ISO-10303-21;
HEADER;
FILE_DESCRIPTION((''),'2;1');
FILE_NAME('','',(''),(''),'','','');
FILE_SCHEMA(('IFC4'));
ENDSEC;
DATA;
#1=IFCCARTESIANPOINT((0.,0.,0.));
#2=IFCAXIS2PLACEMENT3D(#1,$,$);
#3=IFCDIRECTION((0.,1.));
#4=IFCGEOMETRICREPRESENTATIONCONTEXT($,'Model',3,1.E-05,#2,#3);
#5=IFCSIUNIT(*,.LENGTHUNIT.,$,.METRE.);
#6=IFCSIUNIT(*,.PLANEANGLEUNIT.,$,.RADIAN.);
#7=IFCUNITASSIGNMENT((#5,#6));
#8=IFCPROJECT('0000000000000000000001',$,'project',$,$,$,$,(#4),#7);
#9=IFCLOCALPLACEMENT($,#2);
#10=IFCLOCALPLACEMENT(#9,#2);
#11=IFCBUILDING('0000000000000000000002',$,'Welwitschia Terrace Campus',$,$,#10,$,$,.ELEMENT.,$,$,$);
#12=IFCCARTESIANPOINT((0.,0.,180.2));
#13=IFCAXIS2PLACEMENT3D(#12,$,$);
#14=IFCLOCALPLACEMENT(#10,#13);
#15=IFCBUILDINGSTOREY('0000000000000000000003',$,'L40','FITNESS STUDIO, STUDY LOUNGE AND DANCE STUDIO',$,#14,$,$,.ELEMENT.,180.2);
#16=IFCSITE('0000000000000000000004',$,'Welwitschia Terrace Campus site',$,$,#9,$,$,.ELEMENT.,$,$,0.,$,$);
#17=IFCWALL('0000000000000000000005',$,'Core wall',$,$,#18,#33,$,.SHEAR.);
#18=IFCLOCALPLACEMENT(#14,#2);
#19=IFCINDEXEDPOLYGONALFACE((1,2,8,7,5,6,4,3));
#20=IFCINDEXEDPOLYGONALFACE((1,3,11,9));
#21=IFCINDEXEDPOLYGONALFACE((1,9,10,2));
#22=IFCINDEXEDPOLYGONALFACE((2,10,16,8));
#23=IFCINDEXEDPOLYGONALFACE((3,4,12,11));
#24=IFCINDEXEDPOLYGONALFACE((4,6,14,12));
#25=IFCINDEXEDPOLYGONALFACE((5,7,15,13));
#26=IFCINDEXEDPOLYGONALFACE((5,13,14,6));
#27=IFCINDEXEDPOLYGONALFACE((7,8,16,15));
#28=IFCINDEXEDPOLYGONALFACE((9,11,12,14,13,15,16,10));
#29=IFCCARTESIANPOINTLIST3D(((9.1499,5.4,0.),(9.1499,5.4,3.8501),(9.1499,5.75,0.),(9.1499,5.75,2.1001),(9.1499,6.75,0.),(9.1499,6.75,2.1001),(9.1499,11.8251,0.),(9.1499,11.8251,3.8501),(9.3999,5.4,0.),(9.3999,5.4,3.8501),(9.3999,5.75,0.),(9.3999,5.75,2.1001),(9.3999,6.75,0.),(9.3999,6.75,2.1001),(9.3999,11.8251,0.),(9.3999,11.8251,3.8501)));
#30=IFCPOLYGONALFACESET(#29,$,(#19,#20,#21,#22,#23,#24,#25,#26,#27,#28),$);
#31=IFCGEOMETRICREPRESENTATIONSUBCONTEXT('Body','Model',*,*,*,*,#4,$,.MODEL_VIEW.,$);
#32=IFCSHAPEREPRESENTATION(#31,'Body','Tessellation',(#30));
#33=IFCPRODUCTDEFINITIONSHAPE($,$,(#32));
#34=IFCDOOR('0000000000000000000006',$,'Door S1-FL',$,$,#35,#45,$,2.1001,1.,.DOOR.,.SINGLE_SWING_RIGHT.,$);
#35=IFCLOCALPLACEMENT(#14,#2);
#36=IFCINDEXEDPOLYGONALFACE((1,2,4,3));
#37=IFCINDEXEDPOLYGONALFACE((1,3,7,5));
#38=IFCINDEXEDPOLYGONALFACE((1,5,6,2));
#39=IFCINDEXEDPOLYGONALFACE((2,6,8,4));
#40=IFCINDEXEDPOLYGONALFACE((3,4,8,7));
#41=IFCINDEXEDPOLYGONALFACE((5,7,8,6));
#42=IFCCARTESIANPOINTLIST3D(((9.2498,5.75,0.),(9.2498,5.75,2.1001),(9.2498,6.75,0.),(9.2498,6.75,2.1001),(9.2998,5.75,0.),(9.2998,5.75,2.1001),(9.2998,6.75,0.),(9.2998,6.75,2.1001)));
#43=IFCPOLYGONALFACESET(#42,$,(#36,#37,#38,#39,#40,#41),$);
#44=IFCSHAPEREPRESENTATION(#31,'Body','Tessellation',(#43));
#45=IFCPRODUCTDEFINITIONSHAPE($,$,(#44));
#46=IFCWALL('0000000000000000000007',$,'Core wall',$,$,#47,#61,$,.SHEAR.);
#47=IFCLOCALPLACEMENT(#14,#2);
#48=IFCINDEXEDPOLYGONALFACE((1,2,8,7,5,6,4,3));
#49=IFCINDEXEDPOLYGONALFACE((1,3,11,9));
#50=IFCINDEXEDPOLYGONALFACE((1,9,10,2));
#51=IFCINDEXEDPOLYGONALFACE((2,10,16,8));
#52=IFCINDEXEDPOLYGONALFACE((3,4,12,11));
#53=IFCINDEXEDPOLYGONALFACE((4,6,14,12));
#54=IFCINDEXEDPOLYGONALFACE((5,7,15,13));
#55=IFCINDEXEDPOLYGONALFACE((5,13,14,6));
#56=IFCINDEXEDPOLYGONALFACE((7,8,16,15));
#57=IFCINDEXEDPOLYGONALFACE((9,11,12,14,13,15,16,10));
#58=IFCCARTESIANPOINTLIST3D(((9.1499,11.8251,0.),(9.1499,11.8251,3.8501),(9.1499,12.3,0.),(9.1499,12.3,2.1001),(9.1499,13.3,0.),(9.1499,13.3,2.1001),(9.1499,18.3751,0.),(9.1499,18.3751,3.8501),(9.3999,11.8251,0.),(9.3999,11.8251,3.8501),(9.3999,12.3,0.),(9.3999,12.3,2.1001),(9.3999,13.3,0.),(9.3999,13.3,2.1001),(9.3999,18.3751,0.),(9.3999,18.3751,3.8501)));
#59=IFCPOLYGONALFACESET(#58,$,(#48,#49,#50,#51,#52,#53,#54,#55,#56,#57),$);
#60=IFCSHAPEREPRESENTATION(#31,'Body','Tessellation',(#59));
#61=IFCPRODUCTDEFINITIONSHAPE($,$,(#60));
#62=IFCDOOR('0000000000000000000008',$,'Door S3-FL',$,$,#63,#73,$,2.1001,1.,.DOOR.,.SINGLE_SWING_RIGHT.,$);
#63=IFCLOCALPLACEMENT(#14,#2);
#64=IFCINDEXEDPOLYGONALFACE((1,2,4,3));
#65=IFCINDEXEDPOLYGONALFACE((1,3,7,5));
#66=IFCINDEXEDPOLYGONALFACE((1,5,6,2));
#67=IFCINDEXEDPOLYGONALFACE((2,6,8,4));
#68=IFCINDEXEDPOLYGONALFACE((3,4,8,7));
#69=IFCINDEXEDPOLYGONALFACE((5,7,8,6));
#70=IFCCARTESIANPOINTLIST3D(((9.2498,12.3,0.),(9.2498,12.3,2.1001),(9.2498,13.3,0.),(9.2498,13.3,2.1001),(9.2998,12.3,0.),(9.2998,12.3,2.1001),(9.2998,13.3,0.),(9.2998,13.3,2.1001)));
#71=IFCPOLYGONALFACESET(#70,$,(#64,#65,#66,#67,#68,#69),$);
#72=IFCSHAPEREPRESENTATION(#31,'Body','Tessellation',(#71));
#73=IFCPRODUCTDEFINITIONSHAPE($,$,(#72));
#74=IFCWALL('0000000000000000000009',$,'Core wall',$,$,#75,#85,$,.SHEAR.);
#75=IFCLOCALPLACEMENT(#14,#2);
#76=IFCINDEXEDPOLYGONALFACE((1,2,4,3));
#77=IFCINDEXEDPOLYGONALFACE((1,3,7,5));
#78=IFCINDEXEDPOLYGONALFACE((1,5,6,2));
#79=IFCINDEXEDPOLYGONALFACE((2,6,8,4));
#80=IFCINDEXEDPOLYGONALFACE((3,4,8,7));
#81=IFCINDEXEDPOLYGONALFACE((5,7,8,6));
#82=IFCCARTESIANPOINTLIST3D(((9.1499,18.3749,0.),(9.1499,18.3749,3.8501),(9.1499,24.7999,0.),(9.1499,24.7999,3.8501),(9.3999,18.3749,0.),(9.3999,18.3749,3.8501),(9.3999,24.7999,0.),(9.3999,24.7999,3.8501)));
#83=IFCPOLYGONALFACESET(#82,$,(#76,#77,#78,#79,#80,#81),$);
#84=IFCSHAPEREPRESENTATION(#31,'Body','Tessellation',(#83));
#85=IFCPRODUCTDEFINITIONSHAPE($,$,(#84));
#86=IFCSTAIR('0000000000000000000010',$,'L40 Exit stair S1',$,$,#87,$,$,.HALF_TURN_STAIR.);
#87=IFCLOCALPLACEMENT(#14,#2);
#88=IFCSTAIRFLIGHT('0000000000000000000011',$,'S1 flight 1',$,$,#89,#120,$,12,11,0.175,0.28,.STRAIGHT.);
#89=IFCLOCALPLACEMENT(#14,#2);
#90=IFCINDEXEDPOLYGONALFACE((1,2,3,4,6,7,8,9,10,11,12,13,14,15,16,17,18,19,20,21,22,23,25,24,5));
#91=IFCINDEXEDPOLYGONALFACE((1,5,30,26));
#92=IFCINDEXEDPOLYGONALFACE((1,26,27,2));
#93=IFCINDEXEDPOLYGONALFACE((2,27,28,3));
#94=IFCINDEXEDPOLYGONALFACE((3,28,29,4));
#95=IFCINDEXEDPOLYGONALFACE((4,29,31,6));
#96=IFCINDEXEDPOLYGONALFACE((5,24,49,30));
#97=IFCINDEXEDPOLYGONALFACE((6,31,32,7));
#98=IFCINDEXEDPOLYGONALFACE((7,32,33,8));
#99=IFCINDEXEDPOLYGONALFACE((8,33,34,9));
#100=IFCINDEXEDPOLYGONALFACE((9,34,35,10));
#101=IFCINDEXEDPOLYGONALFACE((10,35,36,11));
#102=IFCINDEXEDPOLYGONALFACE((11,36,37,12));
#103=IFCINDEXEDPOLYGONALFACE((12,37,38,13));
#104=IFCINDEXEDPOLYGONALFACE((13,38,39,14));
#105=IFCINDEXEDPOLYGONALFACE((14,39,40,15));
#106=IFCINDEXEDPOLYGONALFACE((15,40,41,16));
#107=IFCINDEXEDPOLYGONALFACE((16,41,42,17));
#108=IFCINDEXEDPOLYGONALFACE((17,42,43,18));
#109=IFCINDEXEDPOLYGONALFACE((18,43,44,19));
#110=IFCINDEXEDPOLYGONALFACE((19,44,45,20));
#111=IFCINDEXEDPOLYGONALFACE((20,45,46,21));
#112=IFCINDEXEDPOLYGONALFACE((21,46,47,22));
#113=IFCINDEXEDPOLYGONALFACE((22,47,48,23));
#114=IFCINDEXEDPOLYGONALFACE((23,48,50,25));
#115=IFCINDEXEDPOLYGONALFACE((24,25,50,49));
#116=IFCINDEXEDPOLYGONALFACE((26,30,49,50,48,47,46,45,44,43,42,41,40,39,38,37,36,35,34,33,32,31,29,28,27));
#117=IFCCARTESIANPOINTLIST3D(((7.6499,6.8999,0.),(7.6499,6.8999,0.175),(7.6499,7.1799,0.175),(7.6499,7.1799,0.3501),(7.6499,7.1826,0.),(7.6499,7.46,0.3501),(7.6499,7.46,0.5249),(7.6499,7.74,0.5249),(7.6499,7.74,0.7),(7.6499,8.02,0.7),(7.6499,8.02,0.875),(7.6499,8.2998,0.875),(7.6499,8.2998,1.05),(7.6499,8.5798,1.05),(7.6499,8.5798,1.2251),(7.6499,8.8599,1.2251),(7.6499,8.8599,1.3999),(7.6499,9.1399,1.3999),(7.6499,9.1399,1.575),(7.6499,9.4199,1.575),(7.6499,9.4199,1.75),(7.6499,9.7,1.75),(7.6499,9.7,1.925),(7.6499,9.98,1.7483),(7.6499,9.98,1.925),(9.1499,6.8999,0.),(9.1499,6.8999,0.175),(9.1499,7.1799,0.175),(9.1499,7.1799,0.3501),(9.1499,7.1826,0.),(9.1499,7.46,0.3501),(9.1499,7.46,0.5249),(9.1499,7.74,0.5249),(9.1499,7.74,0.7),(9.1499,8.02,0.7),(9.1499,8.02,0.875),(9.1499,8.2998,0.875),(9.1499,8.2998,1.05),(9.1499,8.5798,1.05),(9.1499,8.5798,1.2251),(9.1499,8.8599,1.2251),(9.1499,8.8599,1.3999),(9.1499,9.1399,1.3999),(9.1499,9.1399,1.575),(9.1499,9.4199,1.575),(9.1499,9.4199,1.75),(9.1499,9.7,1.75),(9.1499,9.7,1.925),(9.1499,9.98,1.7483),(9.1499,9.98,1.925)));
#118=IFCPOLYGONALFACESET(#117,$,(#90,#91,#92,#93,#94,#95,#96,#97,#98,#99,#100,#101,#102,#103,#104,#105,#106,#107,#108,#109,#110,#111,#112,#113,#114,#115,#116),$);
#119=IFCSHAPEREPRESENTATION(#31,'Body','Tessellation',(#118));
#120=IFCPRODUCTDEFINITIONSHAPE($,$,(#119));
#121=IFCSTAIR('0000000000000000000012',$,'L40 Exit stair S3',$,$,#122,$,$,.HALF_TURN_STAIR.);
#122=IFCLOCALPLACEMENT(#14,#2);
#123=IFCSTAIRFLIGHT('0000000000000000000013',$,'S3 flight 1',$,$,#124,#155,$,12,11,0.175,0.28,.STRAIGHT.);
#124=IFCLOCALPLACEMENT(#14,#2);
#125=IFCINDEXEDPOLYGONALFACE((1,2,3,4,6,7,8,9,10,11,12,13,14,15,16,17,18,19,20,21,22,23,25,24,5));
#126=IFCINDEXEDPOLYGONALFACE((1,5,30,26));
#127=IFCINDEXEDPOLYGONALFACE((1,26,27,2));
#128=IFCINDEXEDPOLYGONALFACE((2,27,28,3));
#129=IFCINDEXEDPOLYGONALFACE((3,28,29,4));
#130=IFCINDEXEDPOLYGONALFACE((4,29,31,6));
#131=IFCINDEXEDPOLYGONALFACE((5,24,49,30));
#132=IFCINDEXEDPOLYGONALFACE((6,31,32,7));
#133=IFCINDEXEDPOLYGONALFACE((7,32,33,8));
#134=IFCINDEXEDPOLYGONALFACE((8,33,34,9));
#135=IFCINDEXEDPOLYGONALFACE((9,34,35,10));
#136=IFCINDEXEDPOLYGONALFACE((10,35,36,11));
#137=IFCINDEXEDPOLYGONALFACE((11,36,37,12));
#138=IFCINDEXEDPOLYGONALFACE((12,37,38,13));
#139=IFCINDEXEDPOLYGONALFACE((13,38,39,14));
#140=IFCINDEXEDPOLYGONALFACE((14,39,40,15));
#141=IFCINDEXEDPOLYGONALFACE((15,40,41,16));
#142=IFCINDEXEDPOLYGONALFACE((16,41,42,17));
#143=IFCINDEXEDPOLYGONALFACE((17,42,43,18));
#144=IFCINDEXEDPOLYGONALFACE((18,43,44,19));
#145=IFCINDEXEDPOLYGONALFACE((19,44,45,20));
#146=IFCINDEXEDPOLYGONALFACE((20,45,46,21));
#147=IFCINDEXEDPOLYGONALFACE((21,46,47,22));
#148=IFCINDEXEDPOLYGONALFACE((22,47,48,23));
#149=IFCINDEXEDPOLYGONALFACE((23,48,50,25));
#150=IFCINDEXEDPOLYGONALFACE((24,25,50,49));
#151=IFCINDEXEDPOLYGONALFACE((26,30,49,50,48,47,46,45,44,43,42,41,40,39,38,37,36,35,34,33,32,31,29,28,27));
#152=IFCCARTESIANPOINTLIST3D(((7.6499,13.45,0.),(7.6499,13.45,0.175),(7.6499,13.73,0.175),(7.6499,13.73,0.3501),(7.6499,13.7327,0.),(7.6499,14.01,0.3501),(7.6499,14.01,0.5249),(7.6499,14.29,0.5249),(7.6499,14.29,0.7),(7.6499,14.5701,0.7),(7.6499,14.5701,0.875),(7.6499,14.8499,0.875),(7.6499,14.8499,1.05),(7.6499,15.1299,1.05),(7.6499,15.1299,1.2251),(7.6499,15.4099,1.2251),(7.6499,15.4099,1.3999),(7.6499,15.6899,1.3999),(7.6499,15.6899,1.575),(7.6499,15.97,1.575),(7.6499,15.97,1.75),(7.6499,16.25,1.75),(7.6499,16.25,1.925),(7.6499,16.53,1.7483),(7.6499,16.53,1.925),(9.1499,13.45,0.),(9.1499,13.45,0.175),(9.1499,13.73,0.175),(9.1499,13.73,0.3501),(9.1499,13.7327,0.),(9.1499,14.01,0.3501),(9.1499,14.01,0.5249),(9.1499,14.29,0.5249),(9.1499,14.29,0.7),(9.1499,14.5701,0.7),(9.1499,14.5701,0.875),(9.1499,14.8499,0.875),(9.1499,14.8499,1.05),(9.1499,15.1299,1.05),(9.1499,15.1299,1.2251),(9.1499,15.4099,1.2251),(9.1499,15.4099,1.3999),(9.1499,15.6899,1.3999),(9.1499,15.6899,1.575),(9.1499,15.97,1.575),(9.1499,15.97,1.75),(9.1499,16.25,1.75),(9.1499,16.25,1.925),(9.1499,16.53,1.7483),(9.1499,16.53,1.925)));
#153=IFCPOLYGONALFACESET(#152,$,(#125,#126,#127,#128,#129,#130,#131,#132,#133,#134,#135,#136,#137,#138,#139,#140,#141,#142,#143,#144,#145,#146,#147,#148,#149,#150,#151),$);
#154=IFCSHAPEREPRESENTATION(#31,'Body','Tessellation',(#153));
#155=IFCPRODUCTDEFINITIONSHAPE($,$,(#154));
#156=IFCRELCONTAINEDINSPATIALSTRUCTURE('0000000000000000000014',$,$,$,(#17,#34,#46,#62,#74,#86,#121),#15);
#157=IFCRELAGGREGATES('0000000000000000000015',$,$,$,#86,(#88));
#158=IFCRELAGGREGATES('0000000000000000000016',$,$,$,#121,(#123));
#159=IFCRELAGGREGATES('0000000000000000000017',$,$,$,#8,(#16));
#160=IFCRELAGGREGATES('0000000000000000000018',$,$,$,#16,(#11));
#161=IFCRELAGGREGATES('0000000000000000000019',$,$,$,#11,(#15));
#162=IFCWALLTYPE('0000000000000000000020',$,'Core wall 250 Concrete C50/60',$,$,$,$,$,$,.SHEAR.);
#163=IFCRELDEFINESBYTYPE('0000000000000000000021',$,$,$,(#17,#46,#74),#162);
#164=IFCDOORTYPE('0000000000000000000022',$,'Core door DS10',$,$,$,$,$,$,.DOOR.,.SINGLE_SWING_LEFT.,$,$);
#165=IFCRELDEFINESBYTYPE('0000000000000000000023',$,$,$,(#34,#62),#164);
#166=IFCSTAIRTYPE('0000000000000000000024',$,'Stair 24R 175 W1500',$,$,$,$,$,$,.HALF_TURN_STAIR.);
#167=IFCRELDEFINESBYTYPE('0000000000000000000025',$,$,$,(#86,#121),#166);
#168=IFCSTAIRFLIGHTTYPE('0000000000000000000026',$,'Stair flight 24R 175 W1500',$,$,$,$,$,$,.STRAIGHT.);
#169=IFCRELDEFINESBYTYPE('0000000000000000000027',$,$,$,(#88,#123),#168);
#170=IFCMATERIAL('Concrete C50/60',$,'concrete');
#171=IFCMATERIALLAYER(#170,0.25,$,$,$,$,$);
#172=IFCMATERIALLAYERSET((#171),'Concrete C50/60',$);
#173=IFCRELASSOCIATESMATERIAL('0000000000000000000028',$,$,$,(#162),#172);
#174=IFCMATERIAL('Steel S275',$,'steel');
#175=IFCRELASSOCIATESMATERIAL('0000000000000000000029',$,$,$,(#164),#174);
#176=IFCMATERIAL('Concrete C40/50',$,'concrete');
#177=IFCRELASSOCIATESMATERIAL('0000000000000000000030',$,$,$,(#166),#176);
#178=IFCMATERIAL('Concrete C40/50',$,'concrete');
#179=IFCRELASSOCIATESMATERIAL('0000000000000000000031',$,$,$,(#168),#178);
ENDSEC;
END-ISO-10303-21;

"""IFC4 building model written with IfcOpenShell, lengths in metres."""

from ifc_helpers import new_model, si_unit, direction, frame, frame_2d, origin, place, context, subcontext, project, spatial, polyline, rectangle, outline, extrude, material, layer, layer_set, type_object, element, fill, aggregate, save


model = new_model("IFC4")

# Units and contexts
model_context = context("Model", 3, precision=1e-05, world=origin(), true_north=direction((0.0, 1.0)))
body_context = subcontext(model_context, "Body", "Model", "MODEL_VIEW")
ifc_project = project(units=[si_unit("LENGTHUNIT", "METRE"), si_unit("PLANEANGLEUNIT", "RADIAN")], contexts=[model_context])

# Site, building, storey
site_placement = place(None, origin())
site = spatial("IfcSite", under=ifc_project, at=site_placement, Name="Welwitschia Terrace Campus site", CompositionType="ELEMENT", RefElevation=0.0)
building_placement = place(site_placement, origin())
building = spatial("IfcBuilding", under=site, at=building_placement, Name="Welwitschia Terrace Campus", CompositionType="ELEMENT")
storey_placement = place(building_placement, frame((0.0, 0.0, 180.2)))
storey = spatial("IfcBuildingStorey", under=building, at=storey_placement, Name="L40", Description="FITNESS STUDIO, STUDY LOUNGE AND DANCE STUDIO", CompositionType="ELEMENT", Elevation=180.2)

# Walls, openings, doors
ifc_material_1 = material(Name="Concrete C50/60", Category="concrete")
ifc_layer_1 = layer(ifc_material_1, 0.25)
ifc_layer_set_1 = layer_set([ifc_layer_1], Name="Concrete C50/60")
wall_type_1 = type_object("IfcWallType", Name="Core wall 250 Concrete C50/60", PredefinedType="SHEAR", material=ifc_layer_set_1)
wall_1_placement = place(storey_placement, frame((9.2749, 11.825, 0.0), z_axis=(0.0, 0.0, 1.0), x_axis=(0.0, -1.0, 0.0)))
wall_1 = element("IfcWall", 1, at=wall_1_placement, inside=storey, type_object=wall_type_1, Name="Core wall", PredefinedType="SHEAR", context=body_context, shape_type="SweptSolid", body=[
    extrude(rectangle(XDim=6.425, YDim=0.25, at=frame_2d((3.2124, 0.0))), origin(), (0.0, 0.0, 1.0), 3.8501),
])
opening_1_placement = place(wall_1_placement, frame((5.075, 0.0, 0.0)))
opening_1 = element("IfcOpeningElement", 2, at=opening_1_placement, cuts=wall_1, PredefinedType="OPENING", context=body_context, shape_type="SweptSolid", body=[
    extrude(rectangle(XDim=1.0, YDim=2.1001, at=frame_2d((0.5, 1.05))), frame((0.0, 0.135, 0.0), z_axis=(0.0, -1.0, 0.0), x_axis=(1.0, 0.0, 0.0)), (0.0, 0.0, 1.0), 0.27),
])
ifc_material_2 = material(Name="Steel S275", Category="steel")
door_type_1 = type_object("IfcDoorType", Name="Core door DS10", OperationType="SINGLE_SWING_LEFT", PredefinedType="DOOR", material=ifc_material_2)
door_1_placement = place(opening_1_placement, origin())
door_1 = element("IfcDoor", 3, at=door_1_placement, inside=storey, type_object=door_type_1, Name="Door S1-FL", OperationType="SINGLE_SWING_RIGHT", OverallHeight=2.1001, OverallWidth=1.0, PredefinedType="DOOR", context=body_context, shape_type="SweptSolid", body=[
    extrude(rectangle(XDim=1.0, YDim=2.1001, at=frame_2d((0.5, 1.05))), frame((0.0, 0.0249, 0.0), z_axis=(0.0, -1.0, 0.0), x_axis=(1.0, 0.0, 0.0)), (0.0, 0.0, 1.0), 0.05),
])
fill(opening_1, door_1)
wall_2_placement = place(storey_placement, frame((9.2749, 18.375, 0.0), z_axis=(0.0, 0.0, 1.0), x_axis=(0.0, -1.0, 0.0)))
wall_2 = element("IfcWall", 4, at=wall_2_placement, inside=storey, type_object=wall_type_1, Name="Core wall", PredefinedType="SHEAR", context=body_context, shape_type="SweptSolid", body=[
    extrude(rectangle(XDim=6.55, YDim=0.25, at=frame_2d((3.2749, 0.0))), origin(), (0.0, 0.0, 1.0), 3.8501),
])
opening_2_placement = place(wall_2_placement, frame((5.075, 0.0, 0.0)))
opening_2 = element("IfcOpeningElement", 5, at=opening_2_placement, cuts=wall_2, PredefinedType="OPENING", context=body_context, shape_type="SweptSolid", body=[
    extrude(rectangle(XDim=1.0, YDim=2.1001, at=frame_2d((0.5, 1.05))), frame((0.0, 0.135, 0.0), z_axis=(0.0, -1.0, 0.0), x_axis=(1.0, 0.0, 0.0)), (0.0, 0.0, 1.0), 0.27),
])
door_2_placement = place(opening_2_placement, origin())
door_2 = element("IfcDoor", 6, at=door_2_placement, inside=storey, type_object=door_type_1, Name="Door S3-FL", OperationType="SINGLE_SWING_RIGHT", OverallHeight=2.1001, OverallWidth=1.0, PredefinedType="DOOR", context=body_context, shape_type="SweptSolid", body=[
    extrude(rectangle(XDim=1.0, YDim=2.1001, at=frame_2d((0.5, 1.05))), frame((0.0, 0.0249, 0.0), z_axis=(0.0, -1.0, 0.0), x_axis=(1.0, 0.0, 0.0)), (0.0, 0.0, 1.0), 0.05),
])
fill(opening_2, door_2)

# Wall
wall_3_placement = place(storey_placement, frame((9.2749, 18.375, 0.0), z_axis=(0.0, 0.0, 1.0), x_axis=(0.0, 1.0, 0.0)))
element("IfcWall", 7, at=wall_3_placement, inside=storey, type_object=wall_type_1, Name="Core wall", PredefinedType="SHEAR", context=body_context, shape_type="SweptSolid", body=[
    extrude(rectangle(XDim=6.425, YDim=0.25, at=frame_2d((3.2124, 0.0))), origin(), (0.0, 0.0, 1.0), 3.8501),
])

# Stairs, stair flights
ifc_material_3 = material(Name="Concrete C40/50", Category="concrete")
stair_type = type_object("IfcStairType", Name="Stair 24R 175 W1500", PredefinedType="HALF_TURN_STAIR", material=ifc_material_3)
stair_1_placement = place(storey_placement, origin())
stair_1 = element("IfcStair", 8, at=stair_1_placement, inside=storey, type_object=stair_type, Name="L40 Exit stair S1", PredefinedType="HALF_TURN_STAIR")
ifc_material_4 = material(Name="Concrete C40/50", Category="concrete")
stair_flight_type = type_object("IfcStairFlightType", Name="Stair flight 24R 175 W1500", PredefinedType="STRAIGHT", material=ifc_material_4)
stair_flight_1_placement = place(storey_placement, frame((8.3999, 6.8999, 0.0), z_axis=(0.0, 0.0, 1.0), x_axis=(0.0, 1.0, 0.0)))
stair_flight_1 = element("IfcStairFlight", 9, at=stair_flight_1_placement, type_object=stair_flight_type, Name="S1 flight 1", NumberOfRisers=12, NumberOfTreads=11, PredefinedType="STRAIGHT", RiserHeight=0.175, TreadLength=0.28, context=body_context, shape_type="SweptSolid", body=[
    extrude(outline(polyline([(0.0, 0.0), (0.0, 0.175), (0.28, 0.175), (0.28, 0.3501), (0.5601, 0.3501), (0.5601, 0.5249), (0.8401, 0.5249), (0.8401, 0.7), (1.1201, 0.7), (1.1201, 0.875), (1.3999, 0.875), (1.3999, 1.05), (1.6799, 1.05), (1.6799, 1.2251), (1.96, 1.2251), (1.96, 1.3999), (2.24, 1.3999), (2.24, 1.575), (2.52, 1.575), (2.52, 1.75), (2.8, 1.75), (2.8, 1.925), (3.0801, 1.925), (3.0801, 2.1001), (3.0801, 1.7483), (0.2827, 0.0), (0.0, 0.0)])), frame((0.0, 0.75, 0.0), z_axis=(0.0, -1.0, 0.0), x_axis=(1.0, 0.0, 0.0)), (0.0, 0.0, 1.0), 1.5),
])
aggregate(stair_1, [stair_flight_1])
stair_2_placement = place(storey_placement, origin())
stair_2 = element("IfcStair", 10, at=stair_2_placement, inside=storey, type_object=stair_type, Name="L40 Exit stair S3", PredefinedType="HALF_TURN_STAIR")
stair_flight_2_placement = place(storey_placement, frame((8.3999, 13.45, 0.0), z_axis=(0.0, 0.0, 1.0), x_axis=(0.0, 1.0, 0.0)))
stair_flight_2 = element("IfcStairFlight", 11, at=stair_flight_2_placement, type_object=stair_flight_type, Name="S3 flight 1", NumberOfRisers=12, NumberOfTreads=11, PredefinedType="STRAIGHT", RiserHeight=0.175, TreadLength=0.28, context=body_context, shape_type="SweptSolid", body=[
    extrude(outline(polyline([(0.0, 0.0), (0.0, 0.175), (0.28, 0.175), (0.28, 0.3501), (0.5601, 0.3501), (0.5601, 0.5249), (0.8401, 0.5249), (0.8401, 0.7), (1.1201, 0.7), (1.1201, 0.875), (1.3999, 0.875), (1.3999, 1.05), (1.6799, 1.05), (1.6799, 1.2251), (1.96, 1.2251), (1.96, 1.3999), (2.24, 1.3999), (2.24, 1.575), (2.52, 1.575), (2.52, 1.75), (2.8, 1.75), (2.8, 1.925), (3.0801, 1.925), (3.0801, 2.1001), (3.0801, 1.7483), (0.2827, 0.0), (0.0, 0.0)])), frame((0.0, 0.75, 0.0), z_axis=(0.0, -1.0, 0.0), x_axis=(1.0, 0.0, 0.0)), (0.0, 0.0, 1.0), 1.5),
])
aggregate(stair_2, [stair_flight_2])

save(model, "model.ifc")
